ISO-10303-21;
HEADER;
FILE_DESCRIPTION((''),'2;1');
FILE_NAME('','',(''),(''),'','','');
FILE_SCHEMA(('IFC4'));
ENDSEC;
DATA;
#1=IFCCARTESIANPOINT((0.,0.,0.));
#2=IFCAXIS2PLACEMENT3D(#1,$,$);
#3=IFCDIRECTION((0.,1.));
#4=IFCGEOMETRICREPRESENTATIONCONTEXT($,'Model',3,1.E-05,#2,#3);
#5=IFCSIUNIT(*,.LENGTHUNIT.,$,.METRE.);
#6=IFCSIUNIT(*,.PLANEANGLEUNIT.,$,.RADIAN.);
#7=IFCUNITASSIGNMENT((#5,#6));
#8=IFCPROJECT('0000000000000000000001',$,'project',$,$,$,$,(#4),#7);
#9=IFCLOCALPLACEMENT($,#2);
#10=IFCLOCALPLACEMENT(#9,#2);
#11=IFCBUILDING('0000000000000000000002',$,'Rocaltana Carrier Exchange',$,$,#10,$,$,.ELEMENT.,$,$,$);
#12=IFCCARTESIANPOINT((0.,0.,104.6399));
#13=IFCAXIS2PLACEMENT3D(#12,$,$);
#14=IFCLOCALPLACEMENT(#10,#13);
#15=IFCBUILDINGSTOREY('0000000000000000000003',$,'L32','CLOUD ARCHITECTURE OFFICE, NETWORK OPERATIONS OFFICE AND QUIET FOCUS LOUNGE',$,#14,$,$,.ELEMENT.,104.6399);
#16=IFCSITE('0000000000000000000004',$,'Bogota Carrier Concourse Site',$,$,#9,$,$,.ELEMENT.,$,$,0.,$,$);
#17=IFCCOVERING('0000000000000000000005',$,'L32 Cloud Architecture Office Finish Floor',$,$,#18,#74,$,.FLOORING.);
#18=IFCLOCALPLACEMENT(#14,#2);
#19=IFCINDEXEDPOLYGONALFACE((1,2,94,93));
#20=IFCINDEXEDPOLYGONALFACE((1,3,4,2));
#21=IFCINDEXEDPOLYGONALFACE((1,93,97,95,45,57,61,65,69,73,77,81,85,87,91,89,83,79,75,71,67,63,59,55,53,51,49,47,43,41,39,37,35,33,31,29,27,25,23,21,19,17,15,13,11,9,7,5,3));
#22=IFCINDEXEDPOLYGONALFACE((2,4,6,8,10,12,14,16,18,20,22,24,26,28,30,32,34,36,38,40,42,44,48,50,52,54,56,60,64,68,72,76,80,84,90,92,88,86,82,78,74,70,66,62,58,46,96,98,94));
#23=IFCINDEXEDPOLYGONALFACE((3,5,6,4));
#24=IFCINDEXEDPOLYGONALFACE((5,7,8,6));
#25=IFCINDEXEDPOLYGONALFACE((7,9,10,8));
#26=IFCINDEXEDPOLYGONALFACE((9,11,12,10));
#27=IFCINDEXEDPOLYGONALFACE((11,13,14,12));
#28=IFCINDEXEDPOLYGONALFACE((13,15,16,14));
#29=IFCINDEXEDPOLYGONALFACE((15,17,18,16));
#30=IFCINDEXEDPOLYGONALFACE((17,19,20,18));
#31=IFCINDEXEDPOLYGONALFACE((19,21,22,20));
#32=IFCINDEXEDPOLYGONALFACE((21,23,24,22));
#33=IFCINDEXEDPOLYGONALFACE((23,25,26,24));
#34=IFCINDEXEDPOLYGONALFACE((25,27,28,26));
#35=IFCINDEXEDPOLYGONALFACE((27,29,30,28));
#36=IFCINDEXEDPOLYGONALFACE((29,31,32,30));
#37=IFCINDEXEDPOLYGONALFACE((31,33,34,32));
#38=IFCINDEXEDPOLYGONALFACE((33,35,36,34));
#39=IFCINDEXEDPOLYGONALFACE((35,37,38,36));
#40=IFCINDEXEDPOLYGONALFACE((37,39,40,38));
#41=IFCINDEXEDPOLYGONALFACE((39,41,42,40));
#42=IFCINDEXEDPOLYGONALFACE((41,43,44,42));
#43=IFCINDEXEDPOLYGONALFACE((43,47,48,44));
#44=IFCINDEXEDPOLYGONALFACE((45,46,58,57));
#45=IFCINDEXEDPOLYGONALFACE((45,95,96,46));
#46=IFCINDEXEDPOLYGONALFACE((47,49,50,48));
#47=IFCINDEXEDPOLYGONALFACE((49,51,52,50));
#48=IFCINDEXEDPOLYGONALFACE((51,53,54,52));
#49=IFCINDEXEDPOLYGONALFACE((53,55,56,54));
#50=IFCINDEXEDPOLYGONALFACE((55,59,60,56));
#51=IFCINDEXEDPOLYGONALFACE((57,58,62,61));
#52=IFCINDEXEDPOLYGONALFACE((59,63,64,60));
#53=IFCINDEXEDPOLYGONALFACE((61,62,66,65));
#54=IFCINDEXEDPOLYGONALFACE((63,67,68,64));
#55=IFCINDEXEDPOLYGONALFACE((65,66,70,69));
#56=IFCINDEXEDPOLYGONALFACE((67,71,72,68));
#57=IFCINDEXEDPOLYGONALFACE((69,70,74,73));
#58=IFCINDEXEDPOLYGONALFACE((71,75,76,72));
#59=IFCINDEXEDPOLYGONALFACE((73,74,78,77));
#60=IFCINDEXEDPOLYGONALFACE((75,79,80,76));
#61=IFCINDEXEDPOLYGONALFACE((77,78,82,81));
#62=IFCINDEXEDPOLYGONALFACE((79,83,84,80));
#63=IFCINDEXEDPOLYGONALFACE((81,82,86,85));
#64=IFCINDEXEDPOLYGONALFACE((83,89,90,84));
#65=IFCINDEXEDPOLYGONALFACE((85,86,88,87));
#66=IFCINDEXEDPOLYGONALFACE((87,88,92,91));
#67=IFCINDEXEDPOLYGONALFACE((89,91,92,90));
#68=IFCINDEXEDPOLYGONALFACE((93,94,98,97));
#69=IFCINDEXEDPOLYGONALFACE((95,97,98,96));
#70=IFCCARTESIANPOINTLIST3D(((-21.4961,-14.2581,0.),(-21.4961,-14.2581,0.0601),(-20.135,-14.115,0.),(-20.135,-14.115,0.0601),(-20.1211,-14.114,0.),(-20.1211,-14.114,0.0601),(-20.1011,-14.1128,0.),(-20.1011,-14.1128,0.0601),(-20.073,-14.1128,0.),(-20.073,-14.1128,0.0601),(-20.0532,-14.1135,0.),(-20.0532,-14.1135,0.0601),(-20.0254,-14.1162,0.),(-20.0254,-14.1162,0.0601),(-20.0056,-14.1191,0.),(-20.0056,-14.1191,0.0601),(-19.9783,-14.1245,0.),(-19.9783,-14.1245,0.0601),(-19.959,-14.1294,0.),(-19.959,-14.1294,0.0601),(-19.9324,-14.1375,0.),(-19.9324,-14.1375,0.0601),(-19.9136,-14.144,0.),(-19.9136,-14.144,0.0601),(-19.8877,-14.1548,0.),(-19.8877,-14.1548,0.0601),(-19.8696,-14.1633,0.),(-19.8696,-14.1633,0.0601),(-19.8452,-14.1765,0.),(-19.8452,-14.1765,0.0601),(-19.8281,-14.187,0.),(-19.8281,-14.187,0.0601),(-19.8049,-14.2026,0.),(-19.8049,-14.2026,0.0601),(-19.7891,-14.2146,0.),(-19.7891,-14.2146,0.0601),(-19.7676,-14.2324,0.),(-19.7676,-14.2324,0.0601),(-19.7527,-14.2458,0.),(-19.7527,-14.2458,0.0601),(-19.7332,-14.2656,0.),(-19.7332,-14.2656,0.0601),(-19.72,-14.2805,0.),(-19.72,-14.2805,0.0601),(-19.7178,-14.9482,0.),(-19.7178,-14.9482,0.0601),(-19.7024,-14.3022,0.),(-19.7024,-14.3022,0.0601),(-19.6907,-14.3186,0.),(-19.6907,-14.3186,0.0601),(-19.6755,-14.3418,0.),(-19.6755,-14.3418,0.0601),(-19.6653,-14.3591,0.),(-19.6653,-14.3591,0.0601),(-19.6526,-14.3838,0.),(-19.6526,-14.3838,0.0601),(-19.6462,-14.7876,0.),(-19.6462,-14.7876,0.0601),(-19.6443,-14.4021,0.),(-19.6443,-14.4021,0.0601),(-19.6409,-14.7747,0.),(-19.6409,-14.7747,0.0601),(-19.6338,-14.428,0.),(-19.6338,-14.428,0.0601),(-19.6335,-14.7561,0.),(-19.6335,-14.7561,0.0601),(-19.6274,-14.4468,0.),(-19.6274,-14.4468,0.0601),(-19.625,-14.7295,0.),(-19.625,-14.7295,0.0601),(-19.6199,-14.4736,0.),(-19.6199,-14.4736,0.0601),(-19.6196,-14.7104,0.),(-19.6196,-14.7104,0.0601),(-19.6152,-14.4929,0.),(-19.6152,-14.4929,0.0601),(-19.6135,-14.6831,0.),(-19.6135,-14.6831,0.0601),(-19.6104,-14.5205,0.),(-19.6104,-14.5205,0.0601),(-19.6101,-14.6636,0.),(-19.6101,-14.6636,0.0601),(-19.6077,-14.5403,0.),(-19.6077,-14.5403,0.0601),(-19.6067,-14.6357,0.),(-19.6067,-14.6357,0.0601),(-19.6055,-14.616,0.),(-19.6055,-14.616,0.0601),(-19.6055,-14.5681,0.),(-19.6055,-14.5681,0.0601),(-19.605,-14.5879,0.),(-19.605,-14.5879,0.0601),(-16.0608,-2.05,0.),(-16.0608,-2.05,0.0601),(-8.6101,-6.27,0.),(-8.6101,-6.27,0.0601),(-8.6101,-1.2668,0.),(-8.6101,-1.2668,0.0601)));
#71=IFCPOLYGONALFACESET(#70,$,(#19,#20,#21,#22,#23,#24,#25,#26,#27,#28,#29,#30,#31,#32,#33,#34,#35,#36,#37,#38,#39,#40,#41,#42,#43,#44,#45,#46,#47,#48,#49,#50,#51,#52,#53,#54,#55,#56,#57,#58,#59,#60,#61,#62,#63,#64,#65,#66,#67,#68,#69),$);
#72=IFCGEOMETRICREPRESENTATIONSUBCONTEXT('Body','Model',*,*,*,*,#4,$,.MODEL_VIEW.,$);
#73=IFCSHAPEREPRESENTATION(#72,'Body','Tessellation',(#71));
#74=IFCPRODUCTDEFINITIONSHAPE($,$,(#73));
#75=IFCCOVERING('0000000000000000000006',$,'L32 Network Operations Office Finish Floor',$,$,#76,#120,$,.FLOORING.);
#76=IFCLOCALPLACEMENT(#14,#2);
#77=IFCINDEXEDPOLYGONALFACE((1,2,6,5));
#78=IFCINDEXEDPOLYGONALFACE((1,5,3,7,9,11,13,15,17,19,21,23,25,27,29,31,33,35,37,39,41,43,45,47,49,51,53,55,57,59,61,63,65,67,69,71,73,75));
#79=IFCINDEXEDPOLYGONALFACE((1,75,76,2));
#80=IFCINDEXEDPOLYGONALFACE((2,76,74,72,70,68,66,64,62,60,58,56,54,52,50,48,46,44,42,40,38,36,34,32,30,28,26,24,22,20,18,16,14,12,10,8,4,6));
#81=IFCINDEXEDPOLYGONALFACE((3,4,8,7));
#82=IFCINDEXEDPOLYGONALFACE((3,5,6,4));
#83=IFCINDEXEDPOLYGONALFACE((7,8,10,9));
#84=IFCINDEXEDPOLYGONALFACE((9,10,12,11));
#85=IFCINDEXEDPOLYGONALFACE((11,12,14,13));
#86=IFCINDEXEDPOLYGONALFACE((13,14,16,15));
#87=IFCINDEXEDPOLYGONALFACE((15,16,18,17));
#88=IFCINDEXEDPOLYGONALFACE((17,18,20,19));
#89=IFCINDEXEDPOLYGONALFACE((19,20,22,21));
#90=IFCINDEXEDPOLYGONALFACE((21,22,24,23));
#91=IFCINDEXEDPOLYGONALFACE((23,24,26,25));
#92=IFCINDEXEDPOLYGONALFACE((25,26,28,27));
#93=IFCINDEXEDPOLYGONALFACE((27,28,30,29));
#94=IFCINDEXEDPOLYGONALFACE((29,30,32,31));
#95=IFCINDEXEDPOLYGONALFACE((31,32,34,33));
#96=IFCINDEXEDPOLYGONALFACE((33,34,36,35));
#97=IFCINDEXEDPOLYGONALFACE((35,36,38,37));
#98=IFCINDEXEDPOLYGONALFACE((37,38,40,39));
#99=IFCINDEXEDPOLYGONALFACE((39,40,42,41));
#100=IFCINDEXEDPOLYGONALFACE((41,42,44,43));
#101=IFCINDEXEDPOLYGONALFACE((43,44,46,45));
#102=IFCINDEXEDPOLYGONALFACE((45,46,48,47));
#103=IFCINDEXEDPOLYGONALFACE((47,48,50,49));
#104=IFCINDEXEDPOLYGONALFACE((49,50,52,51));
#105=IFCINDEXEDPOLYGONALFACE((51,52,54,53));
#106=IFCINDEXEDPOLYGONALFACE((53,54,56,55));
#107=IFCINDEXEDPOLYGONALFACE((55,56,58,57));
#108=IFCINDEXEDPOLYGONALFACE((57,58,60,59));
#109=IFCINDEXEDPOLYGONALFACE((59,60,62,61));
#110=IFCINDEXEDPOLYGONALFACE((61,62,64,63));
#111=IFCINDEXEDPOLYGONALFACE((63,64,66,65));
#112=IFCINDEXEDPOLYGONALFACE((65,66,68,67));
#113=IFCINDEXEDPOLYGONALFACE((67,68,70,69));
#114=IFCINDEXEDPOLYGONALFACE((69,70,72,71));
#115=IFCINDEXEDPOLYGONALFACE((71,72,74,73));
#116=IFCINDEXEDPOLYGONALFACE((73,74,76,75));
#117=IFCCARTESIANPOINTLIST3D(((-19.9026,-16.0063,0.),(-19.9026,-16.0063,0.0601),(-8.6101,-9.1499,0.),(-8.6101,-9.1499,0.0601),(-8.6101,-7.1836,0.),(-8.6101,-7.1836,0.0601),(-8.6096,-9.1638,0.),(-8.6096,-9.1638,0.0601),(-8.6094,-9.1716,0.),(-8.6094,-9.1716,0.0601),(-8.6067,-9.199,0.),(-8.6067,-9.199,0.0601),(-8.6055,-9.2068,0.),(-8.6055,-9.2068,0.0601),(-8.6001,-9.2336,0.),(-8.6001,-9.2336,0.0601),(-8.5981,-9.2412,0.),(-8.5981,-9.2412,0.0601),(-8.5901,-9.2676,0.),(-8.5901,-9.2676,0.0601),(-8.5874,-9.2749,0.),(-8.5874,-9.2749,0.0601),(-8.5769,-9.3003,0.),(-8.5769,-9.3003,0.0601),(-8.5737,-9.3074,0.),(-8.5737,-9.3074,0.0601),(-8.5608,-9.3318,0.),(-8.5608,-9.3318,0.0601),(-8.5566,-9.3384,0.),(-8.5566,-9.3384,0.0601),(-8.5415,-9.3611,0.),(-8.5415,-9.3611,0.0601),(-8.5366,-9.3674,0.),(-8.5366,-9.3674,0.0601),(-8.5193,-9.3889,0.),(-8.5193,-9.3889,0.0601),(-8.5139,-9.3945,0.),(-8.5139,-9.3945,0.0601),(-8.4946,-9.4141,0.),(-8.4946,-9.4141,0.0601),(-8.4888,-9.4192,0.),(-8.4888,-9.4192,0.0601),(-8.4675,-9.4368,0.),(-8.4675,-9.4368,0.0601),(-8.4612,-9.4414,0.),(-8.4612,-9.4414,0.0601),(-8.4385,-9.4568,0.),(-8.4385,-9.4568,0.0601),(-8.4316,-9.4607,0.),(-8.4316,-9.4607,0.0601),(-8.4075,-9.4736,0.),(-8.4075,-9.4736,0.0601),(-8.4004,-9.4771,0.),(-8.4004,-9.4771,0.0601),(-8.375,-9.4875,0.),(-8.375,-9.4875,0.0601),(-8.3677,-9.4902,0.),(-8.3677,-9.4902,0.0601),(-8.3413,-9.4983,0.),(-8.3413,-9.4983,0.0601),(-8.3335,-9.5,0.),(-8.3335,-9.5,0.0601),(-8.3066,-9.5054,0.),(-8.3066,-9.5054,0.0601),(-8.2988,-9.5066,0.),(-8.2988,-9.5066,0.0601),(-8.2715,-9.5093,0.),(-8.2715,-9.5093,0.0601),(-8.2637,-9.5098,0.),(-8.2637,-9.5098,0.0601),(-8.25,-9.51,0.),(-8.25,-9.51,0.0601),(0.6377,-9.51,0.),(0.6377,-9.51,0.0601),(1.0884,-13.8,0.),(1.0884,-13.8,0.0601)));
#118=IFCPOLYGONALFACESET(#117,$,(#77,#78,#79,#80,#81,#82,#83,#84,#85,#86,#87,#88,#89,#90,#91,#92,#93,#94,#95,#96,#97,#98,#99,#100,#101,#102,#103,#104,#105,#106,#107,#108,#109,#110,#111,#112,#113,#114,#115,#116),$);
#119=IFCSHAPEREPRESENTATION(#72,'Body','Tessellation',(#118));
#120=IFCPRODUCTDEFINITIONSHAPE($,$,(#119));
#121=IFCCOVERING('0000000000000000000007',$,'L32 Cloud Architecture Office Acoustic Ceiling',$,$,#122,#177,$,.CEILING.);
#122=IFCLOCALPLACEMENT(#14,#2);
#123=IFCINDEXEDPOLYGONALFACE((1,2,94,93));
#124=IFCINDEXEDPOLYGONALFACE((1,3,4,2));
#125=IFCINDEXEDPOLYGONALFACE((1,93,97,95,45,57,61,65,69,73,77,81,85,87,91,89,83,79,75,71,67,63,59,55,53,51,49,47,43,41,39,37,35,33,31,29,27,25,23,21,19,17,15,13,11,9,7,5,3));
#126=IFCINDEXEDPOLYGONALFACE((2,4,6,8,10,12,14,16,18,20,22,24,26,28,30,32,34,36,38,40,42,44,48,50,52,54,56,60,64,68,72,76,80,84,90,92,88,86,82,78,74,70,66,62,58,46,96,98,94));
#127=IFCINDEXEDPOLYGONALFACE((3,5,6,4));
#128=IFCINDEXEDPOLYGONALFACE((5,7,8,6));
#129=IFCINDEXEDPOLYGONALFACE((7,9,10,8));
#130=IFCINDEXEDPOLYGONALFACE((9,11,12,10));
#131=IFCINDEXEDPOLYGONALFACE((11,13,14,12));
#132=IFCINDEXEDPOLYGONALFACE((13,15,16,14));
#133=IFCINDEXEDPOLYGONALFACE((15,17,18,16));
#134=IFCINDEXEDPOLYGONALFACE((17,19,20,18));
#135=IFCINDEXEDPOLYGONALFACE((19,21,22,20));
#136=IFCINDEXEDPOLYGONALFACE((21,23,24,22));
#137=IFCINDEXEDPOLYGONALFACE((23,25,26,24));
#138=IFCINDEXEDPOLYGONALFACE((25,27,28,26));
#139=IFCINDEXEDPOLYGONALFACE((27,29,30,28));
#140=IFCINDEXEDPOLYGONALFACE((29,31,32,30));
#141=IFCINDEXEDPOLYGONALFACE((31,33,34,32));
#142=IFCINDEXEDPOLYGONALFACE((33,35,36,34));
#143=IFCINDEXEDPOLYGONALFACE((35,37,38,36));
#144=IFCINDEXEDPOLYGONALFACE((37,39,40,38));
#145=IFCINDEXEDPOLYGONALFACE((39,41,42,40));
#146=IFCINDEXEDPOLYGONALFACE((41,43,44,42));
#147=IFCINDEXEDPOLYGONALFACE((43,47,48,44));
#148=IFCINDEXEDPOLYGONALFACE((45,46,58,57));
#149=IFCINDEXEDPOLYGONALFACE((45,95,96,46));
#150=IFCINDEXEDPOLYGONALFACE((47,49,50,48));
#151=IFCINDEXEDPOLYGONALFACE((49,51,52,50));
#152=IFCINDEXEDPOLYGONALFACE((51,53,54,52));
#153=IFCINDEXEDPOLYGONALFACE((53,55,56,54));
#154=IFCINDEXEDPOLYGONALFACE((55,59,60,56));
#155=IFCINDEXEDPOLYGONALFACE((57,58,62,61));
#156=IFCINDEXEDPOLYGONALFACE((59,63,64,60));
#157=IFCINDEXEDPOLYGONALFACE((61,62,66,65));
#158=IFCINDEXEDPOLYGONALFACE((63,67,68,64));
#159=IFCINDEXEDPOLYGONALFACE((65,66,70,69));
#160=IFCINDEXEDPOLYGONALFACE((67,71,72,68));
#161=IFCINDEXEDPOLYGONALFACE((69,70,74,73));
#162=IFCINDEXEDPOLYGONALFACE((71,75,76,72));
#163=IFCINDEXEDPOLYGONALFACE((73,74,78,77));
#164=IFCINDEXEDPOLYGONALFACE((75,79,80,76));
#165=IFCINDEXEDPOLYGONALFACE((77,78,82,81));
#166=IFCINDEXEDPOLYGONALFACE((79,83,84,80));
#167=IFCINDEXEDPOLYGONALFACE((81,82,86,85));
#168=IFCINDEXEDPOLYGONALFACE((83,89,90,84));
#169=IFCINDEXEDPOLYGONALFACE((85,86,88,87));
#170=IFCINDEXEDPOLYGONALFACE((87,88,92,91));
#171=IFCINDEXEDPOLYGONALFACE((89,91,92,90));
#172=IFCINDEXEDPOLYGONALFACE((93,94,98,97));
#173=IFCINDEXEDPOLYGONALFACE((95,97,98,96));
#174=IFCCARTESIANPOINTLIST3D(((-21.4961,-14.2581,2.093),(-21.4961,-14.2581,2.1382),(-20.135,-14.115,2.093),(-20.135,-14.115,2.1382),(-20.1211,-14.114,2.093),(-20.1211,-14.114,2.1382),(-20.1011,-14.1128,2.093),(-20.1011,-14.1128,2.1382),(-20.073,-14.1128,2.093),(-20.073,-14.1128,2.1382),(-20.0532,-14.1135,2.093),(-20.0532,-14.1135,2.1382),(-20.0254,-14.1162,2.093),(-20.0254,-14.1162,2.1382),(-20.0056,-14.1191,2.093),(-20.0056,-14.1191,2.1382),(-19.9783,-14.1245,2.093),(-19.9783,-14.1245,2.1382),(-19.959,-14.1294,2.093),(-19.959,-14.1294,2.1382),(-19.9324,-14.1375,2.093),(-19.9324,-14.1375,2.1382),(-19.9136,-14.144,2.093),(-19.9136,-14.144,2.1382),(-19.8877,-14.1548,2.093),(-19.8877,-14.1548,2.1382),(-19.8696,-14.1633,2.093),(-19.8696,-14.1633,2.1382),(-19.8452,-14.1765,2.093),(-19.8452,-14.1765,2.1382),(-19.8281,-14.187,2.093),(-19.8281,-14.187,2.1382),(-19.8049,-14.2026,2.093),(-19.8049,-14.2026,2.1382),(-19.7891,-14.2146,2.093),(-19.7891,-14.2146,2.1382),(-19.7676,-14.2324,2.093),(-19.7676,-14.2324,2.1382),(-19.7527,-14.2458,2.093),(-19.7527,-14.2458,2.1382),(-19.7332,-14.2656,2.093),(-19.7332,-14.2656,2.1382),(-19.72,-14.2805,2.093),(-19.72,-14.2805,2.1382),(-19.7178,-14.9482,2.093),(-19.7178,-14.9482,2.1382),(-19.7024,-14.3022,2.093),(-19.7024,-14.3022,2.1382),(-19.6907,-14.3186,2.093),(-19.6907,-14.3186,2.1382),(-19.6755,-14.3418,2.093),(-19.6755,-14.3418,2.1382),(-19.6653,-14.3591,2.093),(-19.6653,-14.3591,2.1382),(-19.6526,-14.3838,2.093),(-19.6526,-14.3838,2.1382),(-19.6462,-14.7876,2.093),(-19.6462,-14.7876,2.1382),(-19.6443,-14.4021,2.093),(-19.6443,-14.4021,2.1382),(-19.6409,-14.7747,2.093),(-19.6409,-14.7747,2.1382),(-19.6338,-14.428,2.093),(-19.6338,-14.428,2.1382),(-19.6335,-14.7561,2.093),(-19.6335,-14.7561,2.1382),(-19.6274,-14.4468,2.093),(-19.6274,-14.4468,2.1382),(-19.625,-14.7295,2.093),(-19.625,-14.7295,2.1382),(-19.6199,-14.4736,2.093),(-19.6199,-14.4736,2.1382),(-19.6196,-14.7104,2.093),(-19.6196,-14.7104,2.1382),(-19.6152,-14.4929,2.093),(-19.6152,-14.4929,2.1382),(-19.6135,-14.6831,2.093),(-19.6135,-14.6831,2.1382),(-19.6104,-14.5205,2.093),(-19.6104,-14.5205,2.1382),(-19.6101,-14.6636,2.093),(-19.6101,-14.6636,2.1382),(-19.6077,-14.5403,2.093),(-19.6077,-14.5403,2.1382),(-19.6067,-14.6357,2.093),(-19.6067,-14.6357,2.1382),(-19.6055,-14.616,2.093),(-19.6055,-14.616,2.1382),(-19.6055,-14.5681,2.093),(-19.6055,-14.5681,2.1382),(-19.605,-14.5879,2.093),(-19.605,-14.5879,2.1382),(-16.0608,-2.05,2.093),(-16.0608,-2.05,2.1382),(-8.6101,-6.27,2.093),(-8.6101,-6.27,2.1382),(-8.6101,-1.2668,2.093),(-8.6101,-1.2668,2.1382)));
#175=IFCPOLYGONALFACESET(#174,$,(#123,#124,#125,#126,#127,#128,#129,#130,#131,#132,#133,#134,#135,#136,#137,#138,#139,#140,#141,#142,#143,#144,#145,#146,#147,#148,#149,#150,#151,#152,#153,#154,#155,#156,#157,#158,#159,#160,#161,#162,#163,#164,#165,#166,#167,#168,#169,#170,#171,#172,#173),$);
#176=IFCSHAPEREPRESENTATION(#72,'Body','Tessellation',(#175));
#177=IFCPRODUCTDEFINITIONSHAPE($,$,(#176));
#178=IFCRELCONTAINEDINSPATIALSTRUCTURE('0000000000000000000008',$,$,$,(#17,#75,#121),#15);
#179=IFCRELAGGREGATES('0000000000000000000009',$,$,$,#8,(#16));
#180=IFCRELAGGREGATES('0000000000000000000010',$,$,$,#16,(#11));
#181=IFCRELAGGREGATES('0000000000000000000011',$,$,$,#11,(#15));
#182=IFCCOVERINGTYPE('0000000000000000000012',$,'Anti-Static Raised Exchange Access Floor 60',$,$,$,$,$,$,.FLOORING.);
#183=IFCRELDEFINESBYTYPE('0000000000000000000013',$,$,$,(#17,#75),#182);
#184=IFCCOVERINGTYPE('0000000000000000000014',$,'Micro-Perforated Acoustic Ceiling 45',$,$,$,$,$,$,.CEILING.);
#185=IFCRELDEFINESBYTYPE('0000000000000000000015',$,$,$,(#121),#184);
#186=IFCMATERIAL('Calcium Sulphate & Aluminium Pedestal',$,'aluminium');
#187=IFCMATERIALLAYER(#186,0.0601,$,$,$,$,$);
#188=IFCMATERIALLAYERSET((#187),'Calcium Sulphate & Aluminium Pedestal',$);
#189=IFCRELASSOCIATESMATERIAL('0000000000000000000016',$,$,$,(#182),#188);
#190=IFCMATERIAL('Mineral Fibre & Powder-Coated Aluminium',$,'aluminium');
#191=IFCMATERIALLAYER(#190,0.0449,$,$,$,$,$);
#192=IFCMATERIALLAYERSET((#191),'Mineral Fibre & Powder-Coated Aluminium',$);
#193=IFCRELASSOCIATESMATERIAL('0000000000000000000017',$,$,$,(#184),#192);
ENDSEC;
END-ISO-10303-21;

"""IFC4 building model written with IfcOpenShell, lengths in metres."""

from ifc_helpers import new_model, si_unit, direction, frame, origin, place, context, subcontext, project, spatial, polyline, outline, extrude, material, layer, layer_set, type_object, element, save


model = new_model("IFC4")

# Units and contexts
model_context = context("Model", 3, precision=1e-05, world=origin(), true_north=direction((0.0, 1.0)))
body_context = subcontext(model_context, "Body", "Model", "MODEL_VIEW")
ifc_project = project(units=[si_unit("LENGTHUNIT", "METRE"), si_unit("PLANEANGLEUNIT", "RADIAN")], contexts=[model_context])

# Site, building, storey
site_placement = place(None, origin())
site = spatial("IfcSite", under=ifc_project, at=site_placement, Name="Bogota Carrier Concourse Site", CompositionType="ELEMENT", RefElevation=0.0)
building_placement = place(site_placement, origin())
building = spatial("IfcBuilding", under=site, at=building_placement, Name="Rocaltana Carrier Exchange", CompositionType="ELEMENT")
storey_placement = place(building_placement, frame((0.0, 0.0, 104.6399)))
storey = spatial("IfcBuildingStorey", under=building, at=storey_placement, Name="L32", Description="CLOUD ARCHITECTURE OFFICE, NETWORK OPERATIONS OFFICE AND QUIET FOCUS LOUNGE", CompositionType="ELEMENT", Elevation=104.6399)

# Coverings
ifc_material_1 = material(Name="Calcium Sulphate & Aluminium Pedestal", Category="aluminium")
ifc_layer_1 = layer(ifc_material_1, 0.0601)
ifc_layer_set_1 = layer_set([ifc_layer_1], Name="Calcium Sulphate & Aluminium Pedestal")
covering_type_1 = type_object("IfcCoveringType", Name="Anti-Static Raised Exchange Access Floor 60", PredefinedType="FLOORING", material=ifc_layer_set_1)
covering_1_placement = place(storey_placement, origin())
element("IfcCovering", 1, at=covering_1_placement, inside=storey, type_object=covering_type_1, Name="L32 Cloud Architecture Office Finish Floor", PredefinedType="FLOORING", context=body_context, shape_type="SweptSolid", body=[
    extrude(outline(polyline([(-19.6462, -14.7876), (-19.6409, -14.7747), (-19.6335, -14.7561), (-19.625, -14.7295), (-19.6196, -14.7104), (-19.6135, -14.6831), (-19.6101, -14.6636), (-19.6067, -14.6357), (-19.6055, -14.616), (-19.605, -14.5879), (-19.6055, -14.5681), (-19.6077, -14.5403), (-19.6104, -14.5205), (-19.6152, -14.4929), (-19.6199, -14.4736), (-19.6274, -14.4468), (-19.6338, -14.428), (-19.6443, -14.4021), (-19.6526, -14.3838), (-19.6653, -14.3591), (-19.6755, -14.3418), (-19.6907, -14.3186), (-19.7024, -14.3022), (-19.72, -14.2805), (-19.7332, -14.2656), (-19.7527, -14.2458), (-19.7676, -14.2324), (-19.7891, -14.2146), (-19.8049, -14.2026), (-19.8281, -14.187), (-19.8452, -14.1765), (-19.8696, -14.1633), (-19.8877, -14.1548), (-19.9136, -14.144), (-19.9324, -14.1375), (-19.959, -14.1294), (-19.9783, -14.1245), (-20.0056, -14.1191), (-20.0254, -14.1162), (-20.0532, -14.1135), (-20.073, -14.1128), (-20.1011, -14.1128), (-20.1211, -14.114), (-20.135, -14.115), (-21.4961, -14.2581), (-16.0608, -2.05), (-8.6101, -1.2668), (-8.6101, -6.27), (-19.7178, -14.9482), (-19.6462, -14.7876)])), origin(), (0.0, 0.0, 1.0), 0.0601),
])
covering_2_placement = place(storey_placement, origin())
element("IfcCovering", 2, at=covering_2_placement, inside=storey, type_object=covering_type_1, Name="L32 Network Operations Office Finish Floor", PredefinedType="FLOORING", context=body_context, shape_type="SweptSolid", body=[
    extrude(outline(polyline([(-19.9026, -16.0063), (-8.6101, -7.1836), (-8.6101, -9.1499), (-8.6096, -9.1638), (-8.6094, -9.1716), (-8.6067, -9.199), (-8.6055, -9.2068), (-8.6001, -9.2336), (-8.5981, -9.2412), (-8.5901, -9.2676), (-8.5874, -9.2749), (-8.5769, -9.3003), (-8.5737, -9.3074), (-8.5608, -9.3318), (-8.5566, -9.3384), (-8.5415, -9.3611), (-8.5366, -9.3674), (-8.5193, -9.3889), (-8.5139, -9.3945), (-8.4946, -9.4141), (-8.4888, -9.4192), (-8.4675, -9.4368), (-8.4612, -9.4414), (-8.4385, -9.4568), (-8.4316, -9.4607), (-8.4075, -9.4736), (-8.4004, -9.4771), (-8.375, -9.4875), (-8.3677, -9.4902), (-8.3413, -9.4983), (-8.3335, -9.5), (-8.3066, -9.5054), (-8.2988, -9.5066), (-8.2715, -9.5093), (-8.2637, -9.5098), (-8.25, -9.51), (0.6377, -9.51), (1.0884, -13.8), (-19.9026, -16.0063)])), origin(), (0.0, 0.0, 1.0), 0.0601),
])
ifc_material_2 = material(Name="Mineral Fibre & Powder-Coated Aluminium", Category="aluminium")
ifc_layer_2 = layer(ifc_material_2, 0.0449)
ifc_layer_set_2 = layer_set([ifc_layer_2], Name="Mineral Fibre & Powder-Coated Aluminium")
covering_type_2 = type_object("IfcCoveringType", Name="Micro-Perforated Acoustic Ceiling 45", PredefinedType="CEILING", material=ifc_layer_set_2)
covering_3_placement = place(storey_placement, frame((0.0, 0.0, 2.093)))
element("IfcCovering", 3, at=covering_3_placement, inside=storey, type_object=covering_type_2, Name="L32 Cloud Architecture Office Acoustic Ceiling", PredefinedType="CEILING", context=body_context, shape_type="SweptSolid", body=[
    extrude(outline(polyline([(-19.6462, -14.7876), (-19.6409, -14.7747), (-19.6335, -14.7561), (-19.625, -14.7295), (-19.6196, -14.7104), (-19.6135, -14.6831), (-19.6101, -14.6636), (-19.6067, -14.6357), (-19.6055, -14.616), (-19.605, -14.5879), (-19.6055, -14.5681), (-19.6077, -14.5403), (-19.6104, -14.5205), (-19.6152, -14.4929), (-19.6199, -14.4736), (-19.6274, -14.4468), (-19.6338, -14.428), (-19.6443, -14.4021), (-19.6526, -14.3838), (-19.6653, -14.3591), (-19.6755, -14.3418), (-19.6907, -14.3186), (-19.7024, -14.3022), (-19.72, -14.2805), (-19.7332, -14.2656), (-19.7527, -14.2458), (-19.7676, -14.2324), (-19.7891, -14.2146), (-19.8049, -14.2026), (-19.8281, -14.187), (-19.8452, -14.1765), (-19.8696, -14.1633), (-19.8877, -14.1548), (-19.9136, -14.144), (-19.9324, -14.1375), (-19.959, -14.1294), (-19.9783, -14.1245), (-20.0056, -14.1191), (-20.0254, -14.1162), (-20.0532, -14.1135), (-20.073, -14.1128), (-20.1011, -14.1128), (-20.1211, -14.114), (-20.135, -14.115), (-21.4961, -14.2581), (-16.0608, -2.05), (-8.6101, -1.2668), (-8.6101, -6.27), (-19.7178, -14.9482), (-19.6462, -14.7876)])), origin(), (0.0, 0.0, 1.0), 0.0452),
])

save(model, "model.ifc")
